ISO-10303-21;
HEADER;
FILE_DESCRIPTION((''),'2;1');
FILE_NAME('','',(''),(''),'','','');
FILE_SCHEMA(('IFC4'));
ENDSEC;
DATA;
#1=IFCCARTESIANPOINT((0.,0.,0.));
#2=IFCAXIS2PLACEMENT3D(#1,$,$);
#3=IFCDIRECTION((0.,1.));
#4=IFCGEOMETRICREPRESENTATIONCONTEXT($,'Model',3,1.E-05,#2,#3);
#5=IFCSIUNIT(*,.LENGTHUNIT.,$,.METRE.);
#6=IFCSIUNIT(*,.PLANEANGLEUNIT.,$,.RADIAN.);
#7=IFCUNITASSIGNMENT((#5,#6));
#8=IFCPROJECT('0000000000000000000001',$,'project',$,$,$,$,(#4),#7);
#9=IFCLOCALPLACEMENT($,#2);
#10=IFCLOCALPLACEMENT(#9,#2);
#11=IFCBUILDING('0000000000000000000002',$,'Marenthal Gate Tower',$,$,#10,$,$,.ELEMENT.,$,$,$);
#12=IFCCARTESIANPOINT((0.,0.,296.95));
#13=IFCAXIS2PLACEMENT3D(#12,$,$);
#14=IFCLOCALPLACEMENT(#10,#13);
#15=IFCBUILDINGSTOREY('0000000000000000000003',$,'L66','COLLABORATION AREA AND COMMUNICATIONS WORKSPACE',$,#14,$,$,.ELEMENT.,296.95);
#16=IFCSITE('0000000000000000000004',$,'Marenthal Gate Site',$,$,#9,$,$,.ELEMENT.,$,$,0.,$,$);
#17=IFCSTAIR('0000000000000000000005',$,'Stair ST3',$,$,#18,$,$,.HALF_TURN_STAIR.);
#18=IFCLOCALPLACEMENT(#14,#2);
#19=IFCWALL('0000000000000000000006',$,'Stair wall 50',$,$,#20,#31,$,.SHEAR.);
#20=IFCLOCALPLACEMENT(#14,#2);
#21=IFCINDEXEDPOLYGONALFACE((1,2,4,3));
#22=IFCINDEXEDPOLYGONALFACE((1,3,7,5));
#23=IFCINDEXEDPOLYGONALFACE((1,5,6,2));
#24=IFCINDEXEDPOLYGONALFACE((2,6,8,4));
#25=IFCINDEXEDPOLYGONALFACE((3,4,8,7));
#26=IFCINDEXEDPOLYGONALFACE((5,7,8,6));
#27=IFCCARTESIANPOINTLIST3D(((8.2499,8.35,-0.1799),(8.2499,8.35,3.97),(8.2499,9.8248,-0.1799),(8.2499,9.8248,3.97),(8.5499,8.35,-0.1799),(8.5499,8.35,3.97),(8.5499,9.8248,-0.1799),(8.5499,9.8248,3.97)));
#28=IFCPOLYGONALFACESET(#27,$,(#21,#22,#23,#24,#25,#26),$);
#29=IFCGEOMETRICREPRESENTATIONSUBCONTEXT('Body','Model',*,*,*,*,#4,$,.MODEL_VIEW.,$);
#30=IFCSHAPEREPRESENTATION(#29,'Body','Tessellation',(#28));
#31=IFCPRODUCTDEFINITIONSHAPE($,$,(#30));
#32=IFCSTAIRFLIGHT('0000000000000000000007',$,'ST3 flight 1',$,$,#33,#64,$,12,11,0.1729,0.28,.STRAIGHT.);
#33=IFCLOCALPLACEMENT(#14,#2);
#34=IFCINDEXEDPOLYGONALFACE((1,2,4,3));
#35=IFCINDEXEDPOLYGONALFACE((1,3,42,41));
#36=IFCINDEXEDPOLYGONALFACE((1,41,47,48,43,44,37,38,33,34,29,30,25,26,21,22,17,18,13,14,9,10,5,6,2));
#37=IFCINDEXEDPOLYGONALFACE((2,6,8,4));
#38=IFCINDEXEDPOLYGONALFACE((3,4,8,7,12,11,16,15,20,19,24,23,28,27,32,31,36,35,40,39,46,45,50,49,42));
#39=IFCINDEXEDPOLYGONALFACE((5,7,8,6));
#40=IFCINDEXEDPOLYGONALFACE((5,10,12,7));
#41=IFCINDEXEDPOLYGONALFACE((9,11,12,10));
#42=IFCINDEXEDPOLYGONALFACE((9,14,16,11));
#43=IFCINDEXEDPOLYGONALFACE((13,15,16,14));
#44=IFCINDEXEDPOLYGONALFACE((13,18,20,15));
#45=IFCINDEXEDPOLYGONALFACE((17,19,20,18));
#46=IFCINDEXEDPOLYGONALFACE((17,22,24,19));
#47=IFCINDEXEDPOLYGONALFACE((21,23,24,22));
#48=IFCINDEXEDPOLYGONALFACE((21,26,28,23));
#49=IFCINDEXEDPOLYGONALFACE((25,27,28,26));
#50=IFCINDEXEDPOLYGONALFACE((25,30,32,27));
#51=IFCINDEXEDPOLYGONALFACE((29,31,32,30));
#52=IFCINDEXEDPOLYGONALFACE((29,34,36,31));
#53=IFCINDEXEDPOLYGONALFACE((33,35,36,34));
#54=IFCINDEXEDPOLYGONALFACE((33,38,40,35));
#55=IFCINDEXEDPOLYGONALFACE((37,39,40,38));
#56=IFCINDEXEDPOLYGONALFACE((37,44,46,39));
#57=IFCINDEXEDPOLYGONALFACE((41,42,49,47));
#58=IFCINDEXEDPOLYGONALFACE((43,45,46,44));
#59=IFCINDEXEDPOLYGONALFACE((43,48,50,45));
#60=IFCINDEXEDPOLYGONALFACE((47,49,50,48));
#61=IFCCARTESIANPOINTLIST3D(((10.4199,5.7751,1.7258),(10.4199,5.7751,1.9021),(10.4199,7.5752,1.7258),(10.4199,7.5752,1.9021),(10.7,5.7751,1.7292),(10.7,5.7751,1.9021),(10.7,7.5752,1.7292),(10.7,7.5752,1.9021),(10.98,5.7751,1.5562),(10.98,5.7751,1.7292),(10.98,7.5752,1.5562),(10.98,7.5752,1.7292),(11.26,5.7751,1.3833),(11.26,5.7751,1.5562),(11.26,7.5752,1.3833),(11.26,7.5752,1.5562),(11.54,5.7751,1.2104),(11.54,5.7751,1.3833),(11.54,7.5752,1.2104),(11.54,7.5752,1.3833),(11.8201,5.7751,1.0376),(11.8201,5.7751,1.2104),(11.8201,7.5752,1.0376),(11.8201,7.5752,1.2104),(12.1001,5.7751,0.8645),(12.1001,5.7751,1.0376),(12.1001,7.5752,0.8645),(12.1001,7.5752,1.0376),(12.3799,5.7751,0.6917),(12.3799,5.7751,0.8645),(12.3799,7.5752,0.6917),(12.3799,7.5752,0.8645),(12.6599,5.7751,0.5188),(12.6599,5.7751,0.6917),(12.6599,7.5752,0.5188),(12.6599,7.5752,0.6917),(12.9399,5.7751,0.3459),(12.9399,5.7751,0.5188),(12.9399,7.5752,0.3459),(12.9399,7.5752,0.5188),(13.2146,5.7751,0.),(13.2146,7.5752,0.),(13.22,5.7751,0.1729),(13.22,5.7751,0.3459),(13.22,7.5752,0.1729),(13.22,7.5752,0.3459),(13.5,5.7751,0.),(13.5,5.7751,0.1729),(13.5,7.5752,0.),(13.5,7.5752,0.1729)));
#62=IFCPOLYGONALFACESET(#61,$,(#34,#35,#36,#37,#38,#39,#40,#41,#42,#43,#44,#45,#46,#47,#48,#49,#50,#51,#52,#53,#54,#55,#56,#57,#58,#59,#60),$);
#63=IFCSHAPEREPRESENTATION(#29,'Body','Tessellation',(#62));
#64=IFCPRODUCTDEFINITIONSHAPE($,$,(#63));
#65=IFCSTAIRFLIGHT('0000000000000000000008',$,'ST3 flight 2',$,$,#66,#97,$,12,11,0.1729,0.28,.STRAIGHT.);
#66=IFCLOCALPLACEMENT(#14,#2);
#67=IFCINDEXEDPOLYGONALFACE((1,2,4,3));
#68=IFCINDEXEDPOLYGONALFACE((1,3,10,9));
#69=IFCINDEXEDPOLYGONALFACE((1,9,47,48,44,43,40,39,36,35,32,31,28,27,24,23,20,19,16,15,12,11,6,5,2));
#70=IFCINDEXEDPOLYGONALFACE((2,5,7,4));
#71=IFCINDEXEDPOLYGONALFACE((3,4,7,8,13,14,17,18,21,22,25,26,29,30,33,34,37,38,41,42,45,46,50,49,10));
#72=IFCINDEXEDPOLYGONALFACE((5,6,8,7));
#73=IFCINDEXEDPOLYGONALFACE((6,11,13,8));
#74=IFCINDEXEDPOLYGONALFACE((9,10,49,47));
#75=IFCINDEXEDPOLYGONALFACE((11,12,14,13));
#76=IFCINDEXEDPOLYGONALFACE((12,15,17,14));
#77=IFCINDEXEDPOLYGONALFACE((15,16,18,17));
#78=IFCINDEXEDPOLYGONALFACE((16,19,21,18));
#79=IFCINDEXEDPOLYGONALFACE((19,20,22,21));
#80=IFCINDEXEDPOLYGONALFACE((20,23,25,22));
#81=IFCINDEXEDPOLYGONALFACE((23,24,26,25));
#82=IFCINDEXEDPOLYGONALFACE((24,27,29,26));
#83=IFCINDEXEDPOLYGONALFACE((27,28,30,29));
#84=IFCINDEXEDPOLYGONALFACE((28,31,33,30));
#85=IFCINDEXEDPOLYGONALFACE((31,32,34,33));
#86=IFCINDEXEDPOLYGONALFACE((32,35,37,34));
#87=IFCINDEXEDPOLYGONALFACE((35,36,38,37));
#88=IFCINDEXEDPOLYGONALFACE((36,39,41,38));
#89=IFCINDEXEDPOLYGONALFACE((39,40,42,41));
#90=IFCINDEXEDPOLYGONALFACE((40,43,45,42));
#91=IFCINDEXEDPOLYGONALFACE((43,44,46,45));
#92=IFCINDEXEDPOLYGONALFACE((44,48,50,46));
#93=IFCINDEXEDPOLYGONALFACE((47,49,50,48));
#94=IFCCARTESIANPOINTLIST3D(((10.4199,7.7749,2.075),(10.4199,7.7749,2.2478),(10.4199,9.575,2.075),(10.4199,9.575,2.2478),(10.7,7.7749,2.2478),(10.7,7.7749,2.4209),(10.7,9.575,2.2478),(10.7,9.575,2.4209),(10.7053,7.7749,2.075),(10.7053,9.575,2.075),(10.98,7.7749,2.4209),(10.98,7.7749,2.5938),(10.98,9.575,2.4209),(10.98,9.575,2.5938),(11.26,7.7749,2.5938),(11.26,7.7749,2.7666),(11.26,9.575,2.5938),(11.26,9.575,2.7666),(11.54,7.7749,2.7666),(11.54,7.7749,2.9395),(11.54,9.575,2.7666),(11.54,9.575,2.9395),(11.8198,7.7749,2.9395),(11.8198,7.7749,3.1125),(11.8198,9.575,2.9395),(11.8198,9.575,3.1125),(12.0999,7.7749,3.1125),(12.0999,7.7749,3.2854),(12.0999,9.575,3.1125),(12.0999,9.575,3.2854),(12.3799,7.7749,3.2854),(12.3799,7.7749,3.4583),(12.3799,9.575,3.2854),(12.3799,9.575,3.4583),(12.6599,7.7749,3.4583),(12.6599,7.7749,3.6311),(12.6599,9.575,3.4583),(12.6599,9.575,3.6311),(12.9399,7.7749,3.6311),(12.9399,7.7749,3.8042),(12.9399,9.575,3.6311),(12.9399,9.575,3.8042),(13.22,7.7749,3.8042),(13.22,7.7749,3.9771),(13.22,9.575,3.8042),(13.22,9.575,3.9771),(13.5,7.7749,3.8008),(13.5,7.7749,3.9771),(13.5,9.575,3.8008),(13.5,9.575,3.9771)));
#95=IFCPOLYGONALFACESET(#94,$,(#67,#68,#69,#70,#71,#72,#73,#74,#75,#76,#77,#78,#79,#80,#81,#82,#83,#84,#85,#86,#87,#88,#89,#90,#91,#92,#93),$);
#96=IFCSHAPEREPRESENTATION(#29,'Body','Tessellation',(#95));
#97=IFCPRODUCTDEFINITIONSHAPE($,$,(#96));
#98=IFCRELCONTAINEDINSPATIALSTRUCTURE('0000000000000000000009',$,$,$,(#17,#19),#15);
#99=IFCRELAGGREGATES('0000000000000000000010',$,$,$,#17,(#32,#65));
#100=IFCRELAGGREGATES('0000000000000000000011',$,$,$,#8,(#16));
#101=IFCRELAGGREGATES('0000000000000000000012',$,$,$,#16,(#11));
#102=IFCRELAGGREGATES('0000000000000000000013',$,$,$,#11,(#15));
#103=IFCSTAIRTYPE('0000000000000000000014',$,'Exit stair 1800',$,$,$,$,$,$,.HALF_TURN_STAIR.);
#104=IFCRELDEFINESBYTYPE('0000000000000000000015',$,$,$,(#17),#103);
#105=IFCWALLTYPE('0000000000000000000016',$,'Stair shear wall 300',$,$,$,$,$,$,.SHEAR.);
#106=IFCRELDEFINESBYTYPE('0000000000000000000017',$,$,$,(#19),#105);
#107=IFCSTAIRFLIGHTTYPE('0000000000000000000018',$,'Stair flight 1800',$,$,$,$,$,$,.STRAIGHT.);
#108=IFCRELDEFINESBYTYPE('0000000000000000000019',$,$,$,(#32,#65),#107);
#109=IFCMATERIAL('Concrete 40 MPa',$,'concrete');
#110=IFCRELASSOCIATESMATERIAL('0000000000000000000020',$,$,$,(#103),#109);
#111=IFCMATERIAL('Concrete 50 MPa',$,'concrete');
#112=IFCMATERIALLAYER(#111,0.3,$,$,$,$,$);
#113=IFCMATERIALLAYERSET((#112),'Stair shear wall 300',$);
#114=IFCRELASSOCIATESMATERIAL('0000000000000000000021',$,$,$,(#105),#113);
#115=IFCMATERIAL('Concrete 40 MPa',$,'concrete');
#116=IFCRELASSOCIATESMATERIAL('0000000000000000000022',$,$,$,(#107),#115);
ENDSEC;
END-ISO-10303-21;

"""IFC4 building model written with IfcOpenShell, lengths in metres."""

from ifc_helpers import new_model, si_unit, direction, frame, frame_2d, origin, place, context, subcontext, project, spatial, polyline, rectangle, outline, extrude, material, layer, layer_set, type_object, element, aggregate, save


model = new_model("IFC4")

# Units and contexts
model_context = context("Model", 3, precision=1e-05, world=origin(), true_north=direction((0.0, 1.0)))
body_context = subcontext(model_context, "Body", "Model", "MODEL_VIEW")
ifc_project = project(units=[si_unit("LENGTHUNIT", "METRE"), si_unit("PLANEANGLEUNIT", "RADIAN")], contexts=[model_context])

# Site, building, storey
site_placement = place(None, origin())
site = spatial("IfcSite", under=ifc_project, at=site_placement, Name="Marenthal Gate Site", CompositionType="ELEMENT", RefElevation=0.0)
building_placement = place(site_placement, origin())
building = spatial("IfcBuilding", under=site, at=building_placement, Name="Marenthal Gate Tower", CompositionType="ELEMENT")
storey_placement = place(building_placement, frame((0.0, 0.0, 296.95)))
storey = spatial("IfcBuildingStorey", under=building, at=storey_placement, Name="L66", Description="COLLABORATION AREA AND COMMUNICATIONS WORKSPACE", CompositionType="ELEMENT", Elevation=296.95)

# Stair
ifc_material_1 = material(Name="Concrete 40 MPa", Category="concrete")
stair_type = type_object("IfcStairType", Name="Exit stair 1800", PredefinedType="HALF_TURN_STAIR", material=ifc_material_1)
stair_1_placement = place(storey_placement, origin())
stair_1 = element("IfcStair", 1, at=stair_1_placement, inside=storey, type_object=stair_type, Name="Stair ST3", PredefinedType="HALF_TURN_STAIR")

# Wall
ifc_material_2 = material(Name="Concrete 50 MPa", Category="concrete")
ifc_layer_1 = layer(ifc_material_2, 0.3)
ifc_layer_set_1 = layer_set([ifc_layer_1], Name="Stair shear wall 300")
wall_type_1 = type_object("IfcWallType", Name="Stair shear wall 300", PredefinedType="SHEAR", material=ifc_layer_set_1)
wall_1_placement = place(storey_placement, frame((8.3999, 8.3501, -0.1799), z_axis=(0.0, 0.0, 1.0), x_axis=(0.0, 1.0, 0.0)))
element("IfcWall", 2, at=wall_1_placement, inside=storey, type_object=wall_type_1, Name="Stair wall 50", PredefinedType="SHEAR", context=body_context, shape_type="SweptSolid", body=[
    extrude(rectangle(XDim=1.4749, YDim=0.3, at=frame_2d((0.7373, 0.0))), origin(), (0.0, 0.0, 1.0), 4.1499),
])

# Stair flights
ifc_material_3 = material(Name="Concrete 40 MPa", Category="concrete")
stair_flight_type = type_object("IfcStairFlightType", Name="Stair flight 1800", PredefinedType="STRAIGHT", material=ifc_material_3)
stair_flight_1_placement = place(storey_placement, frame((13.5, 6.675, 0.0), z_axis=(0.0, 0.0, 1.0), x_axis=(-1.0, 0.0, 0.0)))
stair_flight_1 = element("IfcStairFlight", 3, at=stair_flight_1_placement, type_object=stair_flight_type, Name="ST3 flight 1", NumberOfRisers=12, NumberOfTreads=11, PredefinedType="STRAIGHT", RiserHeight=0.1729, TreadLength=0.28, context=body_context, shape_type="SweptSolid", body=[
    extrude(outline(polyline([(0.0, 0.0), (0.0, 0.1729), (0.28, 0.1729), (0.28, 0.3459), (0.5601, 0.3459), (0.5601, 0.5188), (0.8401, 0.5188), (0.8401, 0.6917), (1.1201, 0.6917), (1.1201, 0.8645), (1.3999, 0.8645), (1.3999, 1.0376), (1.6799, 1.0376), (1.6799, 1.2104), (1.96, 1.2104), (1.96, 1.3833), (2.24, 1.3833), (2.24, 1.5562), (2.52, 1.5562), (2.52, 1.7292), (2.8, 1.7292), (2.8, 1.9021), (3.0801, 1.9021), (3.0801, 2.075), (3.0801, 1.7258), (0.2854, 0.0), (0.0, 0.0)])), frame((0.0, 0.8999, 0.0), z_axis=(0.0, -1.0, 0.0), x_axis=(1.0, 0.0, 0.0)), (0.0, 0.0, 1.0), 1.8),
])
stair_flight_2_placement = place(storey_placement, frame((10.4199, 8.675, 2.075), z_axis=(0.0, 0.0, 1.0), x_axis=(1.0, 0.0, 0.0)))
stair_flight_2 = element("IfcStairFlight", 4, at=stair_flight_2_placement, type_object=stair_flight_type, Name="ST3 flight 2", NumberOfRisers=12, NumberOfTreads=11, PredefinedType="STRAIGHT", RiserHeight=0.1729, TreadLength=0.28, context=body_context, shape_type="SweptSolid", body=[
    extrude(outline(polyline([(0.0, 0.0), (0.0, 0.1729), (0.28, 0.1729), (0.28, 0.3459), (0.5601, 0.3459), (0.5601, 0.5188), (0.8401, 0.5188), (0.8401, 0.6917), (1.1201, 0.6917), (1.1201, 0.8645), (1.3999, 0.8645), (1.3999, 1.0376), (1.6799, 1.0376), (1.6799, 1.2104), (1.96, 1.2104), (1.96, 1.3833), (2.24, 1.3833), (2.24, 1.5562), (2.52, 1.5562), (2.52, 1.7292), (2.8, 1.7292), (2.8, 1.9021), (3.0801, 1.9021), (3.0801, 2.075), (3.0801, 1.7258), (0.2854, 0.0), (0.0, 0.0)])), frame((0.0, 0.8999, 0.0), z_axis=(0.0, -1.0, 0.0), x_axis=(1.0, 0.0, 0.0)), (0.0, 0.0, 1.0), 1.8),
])
aggregate(stair_1, [stair_flight_1, stair_flight_2])

save(model, "model.ifc")
